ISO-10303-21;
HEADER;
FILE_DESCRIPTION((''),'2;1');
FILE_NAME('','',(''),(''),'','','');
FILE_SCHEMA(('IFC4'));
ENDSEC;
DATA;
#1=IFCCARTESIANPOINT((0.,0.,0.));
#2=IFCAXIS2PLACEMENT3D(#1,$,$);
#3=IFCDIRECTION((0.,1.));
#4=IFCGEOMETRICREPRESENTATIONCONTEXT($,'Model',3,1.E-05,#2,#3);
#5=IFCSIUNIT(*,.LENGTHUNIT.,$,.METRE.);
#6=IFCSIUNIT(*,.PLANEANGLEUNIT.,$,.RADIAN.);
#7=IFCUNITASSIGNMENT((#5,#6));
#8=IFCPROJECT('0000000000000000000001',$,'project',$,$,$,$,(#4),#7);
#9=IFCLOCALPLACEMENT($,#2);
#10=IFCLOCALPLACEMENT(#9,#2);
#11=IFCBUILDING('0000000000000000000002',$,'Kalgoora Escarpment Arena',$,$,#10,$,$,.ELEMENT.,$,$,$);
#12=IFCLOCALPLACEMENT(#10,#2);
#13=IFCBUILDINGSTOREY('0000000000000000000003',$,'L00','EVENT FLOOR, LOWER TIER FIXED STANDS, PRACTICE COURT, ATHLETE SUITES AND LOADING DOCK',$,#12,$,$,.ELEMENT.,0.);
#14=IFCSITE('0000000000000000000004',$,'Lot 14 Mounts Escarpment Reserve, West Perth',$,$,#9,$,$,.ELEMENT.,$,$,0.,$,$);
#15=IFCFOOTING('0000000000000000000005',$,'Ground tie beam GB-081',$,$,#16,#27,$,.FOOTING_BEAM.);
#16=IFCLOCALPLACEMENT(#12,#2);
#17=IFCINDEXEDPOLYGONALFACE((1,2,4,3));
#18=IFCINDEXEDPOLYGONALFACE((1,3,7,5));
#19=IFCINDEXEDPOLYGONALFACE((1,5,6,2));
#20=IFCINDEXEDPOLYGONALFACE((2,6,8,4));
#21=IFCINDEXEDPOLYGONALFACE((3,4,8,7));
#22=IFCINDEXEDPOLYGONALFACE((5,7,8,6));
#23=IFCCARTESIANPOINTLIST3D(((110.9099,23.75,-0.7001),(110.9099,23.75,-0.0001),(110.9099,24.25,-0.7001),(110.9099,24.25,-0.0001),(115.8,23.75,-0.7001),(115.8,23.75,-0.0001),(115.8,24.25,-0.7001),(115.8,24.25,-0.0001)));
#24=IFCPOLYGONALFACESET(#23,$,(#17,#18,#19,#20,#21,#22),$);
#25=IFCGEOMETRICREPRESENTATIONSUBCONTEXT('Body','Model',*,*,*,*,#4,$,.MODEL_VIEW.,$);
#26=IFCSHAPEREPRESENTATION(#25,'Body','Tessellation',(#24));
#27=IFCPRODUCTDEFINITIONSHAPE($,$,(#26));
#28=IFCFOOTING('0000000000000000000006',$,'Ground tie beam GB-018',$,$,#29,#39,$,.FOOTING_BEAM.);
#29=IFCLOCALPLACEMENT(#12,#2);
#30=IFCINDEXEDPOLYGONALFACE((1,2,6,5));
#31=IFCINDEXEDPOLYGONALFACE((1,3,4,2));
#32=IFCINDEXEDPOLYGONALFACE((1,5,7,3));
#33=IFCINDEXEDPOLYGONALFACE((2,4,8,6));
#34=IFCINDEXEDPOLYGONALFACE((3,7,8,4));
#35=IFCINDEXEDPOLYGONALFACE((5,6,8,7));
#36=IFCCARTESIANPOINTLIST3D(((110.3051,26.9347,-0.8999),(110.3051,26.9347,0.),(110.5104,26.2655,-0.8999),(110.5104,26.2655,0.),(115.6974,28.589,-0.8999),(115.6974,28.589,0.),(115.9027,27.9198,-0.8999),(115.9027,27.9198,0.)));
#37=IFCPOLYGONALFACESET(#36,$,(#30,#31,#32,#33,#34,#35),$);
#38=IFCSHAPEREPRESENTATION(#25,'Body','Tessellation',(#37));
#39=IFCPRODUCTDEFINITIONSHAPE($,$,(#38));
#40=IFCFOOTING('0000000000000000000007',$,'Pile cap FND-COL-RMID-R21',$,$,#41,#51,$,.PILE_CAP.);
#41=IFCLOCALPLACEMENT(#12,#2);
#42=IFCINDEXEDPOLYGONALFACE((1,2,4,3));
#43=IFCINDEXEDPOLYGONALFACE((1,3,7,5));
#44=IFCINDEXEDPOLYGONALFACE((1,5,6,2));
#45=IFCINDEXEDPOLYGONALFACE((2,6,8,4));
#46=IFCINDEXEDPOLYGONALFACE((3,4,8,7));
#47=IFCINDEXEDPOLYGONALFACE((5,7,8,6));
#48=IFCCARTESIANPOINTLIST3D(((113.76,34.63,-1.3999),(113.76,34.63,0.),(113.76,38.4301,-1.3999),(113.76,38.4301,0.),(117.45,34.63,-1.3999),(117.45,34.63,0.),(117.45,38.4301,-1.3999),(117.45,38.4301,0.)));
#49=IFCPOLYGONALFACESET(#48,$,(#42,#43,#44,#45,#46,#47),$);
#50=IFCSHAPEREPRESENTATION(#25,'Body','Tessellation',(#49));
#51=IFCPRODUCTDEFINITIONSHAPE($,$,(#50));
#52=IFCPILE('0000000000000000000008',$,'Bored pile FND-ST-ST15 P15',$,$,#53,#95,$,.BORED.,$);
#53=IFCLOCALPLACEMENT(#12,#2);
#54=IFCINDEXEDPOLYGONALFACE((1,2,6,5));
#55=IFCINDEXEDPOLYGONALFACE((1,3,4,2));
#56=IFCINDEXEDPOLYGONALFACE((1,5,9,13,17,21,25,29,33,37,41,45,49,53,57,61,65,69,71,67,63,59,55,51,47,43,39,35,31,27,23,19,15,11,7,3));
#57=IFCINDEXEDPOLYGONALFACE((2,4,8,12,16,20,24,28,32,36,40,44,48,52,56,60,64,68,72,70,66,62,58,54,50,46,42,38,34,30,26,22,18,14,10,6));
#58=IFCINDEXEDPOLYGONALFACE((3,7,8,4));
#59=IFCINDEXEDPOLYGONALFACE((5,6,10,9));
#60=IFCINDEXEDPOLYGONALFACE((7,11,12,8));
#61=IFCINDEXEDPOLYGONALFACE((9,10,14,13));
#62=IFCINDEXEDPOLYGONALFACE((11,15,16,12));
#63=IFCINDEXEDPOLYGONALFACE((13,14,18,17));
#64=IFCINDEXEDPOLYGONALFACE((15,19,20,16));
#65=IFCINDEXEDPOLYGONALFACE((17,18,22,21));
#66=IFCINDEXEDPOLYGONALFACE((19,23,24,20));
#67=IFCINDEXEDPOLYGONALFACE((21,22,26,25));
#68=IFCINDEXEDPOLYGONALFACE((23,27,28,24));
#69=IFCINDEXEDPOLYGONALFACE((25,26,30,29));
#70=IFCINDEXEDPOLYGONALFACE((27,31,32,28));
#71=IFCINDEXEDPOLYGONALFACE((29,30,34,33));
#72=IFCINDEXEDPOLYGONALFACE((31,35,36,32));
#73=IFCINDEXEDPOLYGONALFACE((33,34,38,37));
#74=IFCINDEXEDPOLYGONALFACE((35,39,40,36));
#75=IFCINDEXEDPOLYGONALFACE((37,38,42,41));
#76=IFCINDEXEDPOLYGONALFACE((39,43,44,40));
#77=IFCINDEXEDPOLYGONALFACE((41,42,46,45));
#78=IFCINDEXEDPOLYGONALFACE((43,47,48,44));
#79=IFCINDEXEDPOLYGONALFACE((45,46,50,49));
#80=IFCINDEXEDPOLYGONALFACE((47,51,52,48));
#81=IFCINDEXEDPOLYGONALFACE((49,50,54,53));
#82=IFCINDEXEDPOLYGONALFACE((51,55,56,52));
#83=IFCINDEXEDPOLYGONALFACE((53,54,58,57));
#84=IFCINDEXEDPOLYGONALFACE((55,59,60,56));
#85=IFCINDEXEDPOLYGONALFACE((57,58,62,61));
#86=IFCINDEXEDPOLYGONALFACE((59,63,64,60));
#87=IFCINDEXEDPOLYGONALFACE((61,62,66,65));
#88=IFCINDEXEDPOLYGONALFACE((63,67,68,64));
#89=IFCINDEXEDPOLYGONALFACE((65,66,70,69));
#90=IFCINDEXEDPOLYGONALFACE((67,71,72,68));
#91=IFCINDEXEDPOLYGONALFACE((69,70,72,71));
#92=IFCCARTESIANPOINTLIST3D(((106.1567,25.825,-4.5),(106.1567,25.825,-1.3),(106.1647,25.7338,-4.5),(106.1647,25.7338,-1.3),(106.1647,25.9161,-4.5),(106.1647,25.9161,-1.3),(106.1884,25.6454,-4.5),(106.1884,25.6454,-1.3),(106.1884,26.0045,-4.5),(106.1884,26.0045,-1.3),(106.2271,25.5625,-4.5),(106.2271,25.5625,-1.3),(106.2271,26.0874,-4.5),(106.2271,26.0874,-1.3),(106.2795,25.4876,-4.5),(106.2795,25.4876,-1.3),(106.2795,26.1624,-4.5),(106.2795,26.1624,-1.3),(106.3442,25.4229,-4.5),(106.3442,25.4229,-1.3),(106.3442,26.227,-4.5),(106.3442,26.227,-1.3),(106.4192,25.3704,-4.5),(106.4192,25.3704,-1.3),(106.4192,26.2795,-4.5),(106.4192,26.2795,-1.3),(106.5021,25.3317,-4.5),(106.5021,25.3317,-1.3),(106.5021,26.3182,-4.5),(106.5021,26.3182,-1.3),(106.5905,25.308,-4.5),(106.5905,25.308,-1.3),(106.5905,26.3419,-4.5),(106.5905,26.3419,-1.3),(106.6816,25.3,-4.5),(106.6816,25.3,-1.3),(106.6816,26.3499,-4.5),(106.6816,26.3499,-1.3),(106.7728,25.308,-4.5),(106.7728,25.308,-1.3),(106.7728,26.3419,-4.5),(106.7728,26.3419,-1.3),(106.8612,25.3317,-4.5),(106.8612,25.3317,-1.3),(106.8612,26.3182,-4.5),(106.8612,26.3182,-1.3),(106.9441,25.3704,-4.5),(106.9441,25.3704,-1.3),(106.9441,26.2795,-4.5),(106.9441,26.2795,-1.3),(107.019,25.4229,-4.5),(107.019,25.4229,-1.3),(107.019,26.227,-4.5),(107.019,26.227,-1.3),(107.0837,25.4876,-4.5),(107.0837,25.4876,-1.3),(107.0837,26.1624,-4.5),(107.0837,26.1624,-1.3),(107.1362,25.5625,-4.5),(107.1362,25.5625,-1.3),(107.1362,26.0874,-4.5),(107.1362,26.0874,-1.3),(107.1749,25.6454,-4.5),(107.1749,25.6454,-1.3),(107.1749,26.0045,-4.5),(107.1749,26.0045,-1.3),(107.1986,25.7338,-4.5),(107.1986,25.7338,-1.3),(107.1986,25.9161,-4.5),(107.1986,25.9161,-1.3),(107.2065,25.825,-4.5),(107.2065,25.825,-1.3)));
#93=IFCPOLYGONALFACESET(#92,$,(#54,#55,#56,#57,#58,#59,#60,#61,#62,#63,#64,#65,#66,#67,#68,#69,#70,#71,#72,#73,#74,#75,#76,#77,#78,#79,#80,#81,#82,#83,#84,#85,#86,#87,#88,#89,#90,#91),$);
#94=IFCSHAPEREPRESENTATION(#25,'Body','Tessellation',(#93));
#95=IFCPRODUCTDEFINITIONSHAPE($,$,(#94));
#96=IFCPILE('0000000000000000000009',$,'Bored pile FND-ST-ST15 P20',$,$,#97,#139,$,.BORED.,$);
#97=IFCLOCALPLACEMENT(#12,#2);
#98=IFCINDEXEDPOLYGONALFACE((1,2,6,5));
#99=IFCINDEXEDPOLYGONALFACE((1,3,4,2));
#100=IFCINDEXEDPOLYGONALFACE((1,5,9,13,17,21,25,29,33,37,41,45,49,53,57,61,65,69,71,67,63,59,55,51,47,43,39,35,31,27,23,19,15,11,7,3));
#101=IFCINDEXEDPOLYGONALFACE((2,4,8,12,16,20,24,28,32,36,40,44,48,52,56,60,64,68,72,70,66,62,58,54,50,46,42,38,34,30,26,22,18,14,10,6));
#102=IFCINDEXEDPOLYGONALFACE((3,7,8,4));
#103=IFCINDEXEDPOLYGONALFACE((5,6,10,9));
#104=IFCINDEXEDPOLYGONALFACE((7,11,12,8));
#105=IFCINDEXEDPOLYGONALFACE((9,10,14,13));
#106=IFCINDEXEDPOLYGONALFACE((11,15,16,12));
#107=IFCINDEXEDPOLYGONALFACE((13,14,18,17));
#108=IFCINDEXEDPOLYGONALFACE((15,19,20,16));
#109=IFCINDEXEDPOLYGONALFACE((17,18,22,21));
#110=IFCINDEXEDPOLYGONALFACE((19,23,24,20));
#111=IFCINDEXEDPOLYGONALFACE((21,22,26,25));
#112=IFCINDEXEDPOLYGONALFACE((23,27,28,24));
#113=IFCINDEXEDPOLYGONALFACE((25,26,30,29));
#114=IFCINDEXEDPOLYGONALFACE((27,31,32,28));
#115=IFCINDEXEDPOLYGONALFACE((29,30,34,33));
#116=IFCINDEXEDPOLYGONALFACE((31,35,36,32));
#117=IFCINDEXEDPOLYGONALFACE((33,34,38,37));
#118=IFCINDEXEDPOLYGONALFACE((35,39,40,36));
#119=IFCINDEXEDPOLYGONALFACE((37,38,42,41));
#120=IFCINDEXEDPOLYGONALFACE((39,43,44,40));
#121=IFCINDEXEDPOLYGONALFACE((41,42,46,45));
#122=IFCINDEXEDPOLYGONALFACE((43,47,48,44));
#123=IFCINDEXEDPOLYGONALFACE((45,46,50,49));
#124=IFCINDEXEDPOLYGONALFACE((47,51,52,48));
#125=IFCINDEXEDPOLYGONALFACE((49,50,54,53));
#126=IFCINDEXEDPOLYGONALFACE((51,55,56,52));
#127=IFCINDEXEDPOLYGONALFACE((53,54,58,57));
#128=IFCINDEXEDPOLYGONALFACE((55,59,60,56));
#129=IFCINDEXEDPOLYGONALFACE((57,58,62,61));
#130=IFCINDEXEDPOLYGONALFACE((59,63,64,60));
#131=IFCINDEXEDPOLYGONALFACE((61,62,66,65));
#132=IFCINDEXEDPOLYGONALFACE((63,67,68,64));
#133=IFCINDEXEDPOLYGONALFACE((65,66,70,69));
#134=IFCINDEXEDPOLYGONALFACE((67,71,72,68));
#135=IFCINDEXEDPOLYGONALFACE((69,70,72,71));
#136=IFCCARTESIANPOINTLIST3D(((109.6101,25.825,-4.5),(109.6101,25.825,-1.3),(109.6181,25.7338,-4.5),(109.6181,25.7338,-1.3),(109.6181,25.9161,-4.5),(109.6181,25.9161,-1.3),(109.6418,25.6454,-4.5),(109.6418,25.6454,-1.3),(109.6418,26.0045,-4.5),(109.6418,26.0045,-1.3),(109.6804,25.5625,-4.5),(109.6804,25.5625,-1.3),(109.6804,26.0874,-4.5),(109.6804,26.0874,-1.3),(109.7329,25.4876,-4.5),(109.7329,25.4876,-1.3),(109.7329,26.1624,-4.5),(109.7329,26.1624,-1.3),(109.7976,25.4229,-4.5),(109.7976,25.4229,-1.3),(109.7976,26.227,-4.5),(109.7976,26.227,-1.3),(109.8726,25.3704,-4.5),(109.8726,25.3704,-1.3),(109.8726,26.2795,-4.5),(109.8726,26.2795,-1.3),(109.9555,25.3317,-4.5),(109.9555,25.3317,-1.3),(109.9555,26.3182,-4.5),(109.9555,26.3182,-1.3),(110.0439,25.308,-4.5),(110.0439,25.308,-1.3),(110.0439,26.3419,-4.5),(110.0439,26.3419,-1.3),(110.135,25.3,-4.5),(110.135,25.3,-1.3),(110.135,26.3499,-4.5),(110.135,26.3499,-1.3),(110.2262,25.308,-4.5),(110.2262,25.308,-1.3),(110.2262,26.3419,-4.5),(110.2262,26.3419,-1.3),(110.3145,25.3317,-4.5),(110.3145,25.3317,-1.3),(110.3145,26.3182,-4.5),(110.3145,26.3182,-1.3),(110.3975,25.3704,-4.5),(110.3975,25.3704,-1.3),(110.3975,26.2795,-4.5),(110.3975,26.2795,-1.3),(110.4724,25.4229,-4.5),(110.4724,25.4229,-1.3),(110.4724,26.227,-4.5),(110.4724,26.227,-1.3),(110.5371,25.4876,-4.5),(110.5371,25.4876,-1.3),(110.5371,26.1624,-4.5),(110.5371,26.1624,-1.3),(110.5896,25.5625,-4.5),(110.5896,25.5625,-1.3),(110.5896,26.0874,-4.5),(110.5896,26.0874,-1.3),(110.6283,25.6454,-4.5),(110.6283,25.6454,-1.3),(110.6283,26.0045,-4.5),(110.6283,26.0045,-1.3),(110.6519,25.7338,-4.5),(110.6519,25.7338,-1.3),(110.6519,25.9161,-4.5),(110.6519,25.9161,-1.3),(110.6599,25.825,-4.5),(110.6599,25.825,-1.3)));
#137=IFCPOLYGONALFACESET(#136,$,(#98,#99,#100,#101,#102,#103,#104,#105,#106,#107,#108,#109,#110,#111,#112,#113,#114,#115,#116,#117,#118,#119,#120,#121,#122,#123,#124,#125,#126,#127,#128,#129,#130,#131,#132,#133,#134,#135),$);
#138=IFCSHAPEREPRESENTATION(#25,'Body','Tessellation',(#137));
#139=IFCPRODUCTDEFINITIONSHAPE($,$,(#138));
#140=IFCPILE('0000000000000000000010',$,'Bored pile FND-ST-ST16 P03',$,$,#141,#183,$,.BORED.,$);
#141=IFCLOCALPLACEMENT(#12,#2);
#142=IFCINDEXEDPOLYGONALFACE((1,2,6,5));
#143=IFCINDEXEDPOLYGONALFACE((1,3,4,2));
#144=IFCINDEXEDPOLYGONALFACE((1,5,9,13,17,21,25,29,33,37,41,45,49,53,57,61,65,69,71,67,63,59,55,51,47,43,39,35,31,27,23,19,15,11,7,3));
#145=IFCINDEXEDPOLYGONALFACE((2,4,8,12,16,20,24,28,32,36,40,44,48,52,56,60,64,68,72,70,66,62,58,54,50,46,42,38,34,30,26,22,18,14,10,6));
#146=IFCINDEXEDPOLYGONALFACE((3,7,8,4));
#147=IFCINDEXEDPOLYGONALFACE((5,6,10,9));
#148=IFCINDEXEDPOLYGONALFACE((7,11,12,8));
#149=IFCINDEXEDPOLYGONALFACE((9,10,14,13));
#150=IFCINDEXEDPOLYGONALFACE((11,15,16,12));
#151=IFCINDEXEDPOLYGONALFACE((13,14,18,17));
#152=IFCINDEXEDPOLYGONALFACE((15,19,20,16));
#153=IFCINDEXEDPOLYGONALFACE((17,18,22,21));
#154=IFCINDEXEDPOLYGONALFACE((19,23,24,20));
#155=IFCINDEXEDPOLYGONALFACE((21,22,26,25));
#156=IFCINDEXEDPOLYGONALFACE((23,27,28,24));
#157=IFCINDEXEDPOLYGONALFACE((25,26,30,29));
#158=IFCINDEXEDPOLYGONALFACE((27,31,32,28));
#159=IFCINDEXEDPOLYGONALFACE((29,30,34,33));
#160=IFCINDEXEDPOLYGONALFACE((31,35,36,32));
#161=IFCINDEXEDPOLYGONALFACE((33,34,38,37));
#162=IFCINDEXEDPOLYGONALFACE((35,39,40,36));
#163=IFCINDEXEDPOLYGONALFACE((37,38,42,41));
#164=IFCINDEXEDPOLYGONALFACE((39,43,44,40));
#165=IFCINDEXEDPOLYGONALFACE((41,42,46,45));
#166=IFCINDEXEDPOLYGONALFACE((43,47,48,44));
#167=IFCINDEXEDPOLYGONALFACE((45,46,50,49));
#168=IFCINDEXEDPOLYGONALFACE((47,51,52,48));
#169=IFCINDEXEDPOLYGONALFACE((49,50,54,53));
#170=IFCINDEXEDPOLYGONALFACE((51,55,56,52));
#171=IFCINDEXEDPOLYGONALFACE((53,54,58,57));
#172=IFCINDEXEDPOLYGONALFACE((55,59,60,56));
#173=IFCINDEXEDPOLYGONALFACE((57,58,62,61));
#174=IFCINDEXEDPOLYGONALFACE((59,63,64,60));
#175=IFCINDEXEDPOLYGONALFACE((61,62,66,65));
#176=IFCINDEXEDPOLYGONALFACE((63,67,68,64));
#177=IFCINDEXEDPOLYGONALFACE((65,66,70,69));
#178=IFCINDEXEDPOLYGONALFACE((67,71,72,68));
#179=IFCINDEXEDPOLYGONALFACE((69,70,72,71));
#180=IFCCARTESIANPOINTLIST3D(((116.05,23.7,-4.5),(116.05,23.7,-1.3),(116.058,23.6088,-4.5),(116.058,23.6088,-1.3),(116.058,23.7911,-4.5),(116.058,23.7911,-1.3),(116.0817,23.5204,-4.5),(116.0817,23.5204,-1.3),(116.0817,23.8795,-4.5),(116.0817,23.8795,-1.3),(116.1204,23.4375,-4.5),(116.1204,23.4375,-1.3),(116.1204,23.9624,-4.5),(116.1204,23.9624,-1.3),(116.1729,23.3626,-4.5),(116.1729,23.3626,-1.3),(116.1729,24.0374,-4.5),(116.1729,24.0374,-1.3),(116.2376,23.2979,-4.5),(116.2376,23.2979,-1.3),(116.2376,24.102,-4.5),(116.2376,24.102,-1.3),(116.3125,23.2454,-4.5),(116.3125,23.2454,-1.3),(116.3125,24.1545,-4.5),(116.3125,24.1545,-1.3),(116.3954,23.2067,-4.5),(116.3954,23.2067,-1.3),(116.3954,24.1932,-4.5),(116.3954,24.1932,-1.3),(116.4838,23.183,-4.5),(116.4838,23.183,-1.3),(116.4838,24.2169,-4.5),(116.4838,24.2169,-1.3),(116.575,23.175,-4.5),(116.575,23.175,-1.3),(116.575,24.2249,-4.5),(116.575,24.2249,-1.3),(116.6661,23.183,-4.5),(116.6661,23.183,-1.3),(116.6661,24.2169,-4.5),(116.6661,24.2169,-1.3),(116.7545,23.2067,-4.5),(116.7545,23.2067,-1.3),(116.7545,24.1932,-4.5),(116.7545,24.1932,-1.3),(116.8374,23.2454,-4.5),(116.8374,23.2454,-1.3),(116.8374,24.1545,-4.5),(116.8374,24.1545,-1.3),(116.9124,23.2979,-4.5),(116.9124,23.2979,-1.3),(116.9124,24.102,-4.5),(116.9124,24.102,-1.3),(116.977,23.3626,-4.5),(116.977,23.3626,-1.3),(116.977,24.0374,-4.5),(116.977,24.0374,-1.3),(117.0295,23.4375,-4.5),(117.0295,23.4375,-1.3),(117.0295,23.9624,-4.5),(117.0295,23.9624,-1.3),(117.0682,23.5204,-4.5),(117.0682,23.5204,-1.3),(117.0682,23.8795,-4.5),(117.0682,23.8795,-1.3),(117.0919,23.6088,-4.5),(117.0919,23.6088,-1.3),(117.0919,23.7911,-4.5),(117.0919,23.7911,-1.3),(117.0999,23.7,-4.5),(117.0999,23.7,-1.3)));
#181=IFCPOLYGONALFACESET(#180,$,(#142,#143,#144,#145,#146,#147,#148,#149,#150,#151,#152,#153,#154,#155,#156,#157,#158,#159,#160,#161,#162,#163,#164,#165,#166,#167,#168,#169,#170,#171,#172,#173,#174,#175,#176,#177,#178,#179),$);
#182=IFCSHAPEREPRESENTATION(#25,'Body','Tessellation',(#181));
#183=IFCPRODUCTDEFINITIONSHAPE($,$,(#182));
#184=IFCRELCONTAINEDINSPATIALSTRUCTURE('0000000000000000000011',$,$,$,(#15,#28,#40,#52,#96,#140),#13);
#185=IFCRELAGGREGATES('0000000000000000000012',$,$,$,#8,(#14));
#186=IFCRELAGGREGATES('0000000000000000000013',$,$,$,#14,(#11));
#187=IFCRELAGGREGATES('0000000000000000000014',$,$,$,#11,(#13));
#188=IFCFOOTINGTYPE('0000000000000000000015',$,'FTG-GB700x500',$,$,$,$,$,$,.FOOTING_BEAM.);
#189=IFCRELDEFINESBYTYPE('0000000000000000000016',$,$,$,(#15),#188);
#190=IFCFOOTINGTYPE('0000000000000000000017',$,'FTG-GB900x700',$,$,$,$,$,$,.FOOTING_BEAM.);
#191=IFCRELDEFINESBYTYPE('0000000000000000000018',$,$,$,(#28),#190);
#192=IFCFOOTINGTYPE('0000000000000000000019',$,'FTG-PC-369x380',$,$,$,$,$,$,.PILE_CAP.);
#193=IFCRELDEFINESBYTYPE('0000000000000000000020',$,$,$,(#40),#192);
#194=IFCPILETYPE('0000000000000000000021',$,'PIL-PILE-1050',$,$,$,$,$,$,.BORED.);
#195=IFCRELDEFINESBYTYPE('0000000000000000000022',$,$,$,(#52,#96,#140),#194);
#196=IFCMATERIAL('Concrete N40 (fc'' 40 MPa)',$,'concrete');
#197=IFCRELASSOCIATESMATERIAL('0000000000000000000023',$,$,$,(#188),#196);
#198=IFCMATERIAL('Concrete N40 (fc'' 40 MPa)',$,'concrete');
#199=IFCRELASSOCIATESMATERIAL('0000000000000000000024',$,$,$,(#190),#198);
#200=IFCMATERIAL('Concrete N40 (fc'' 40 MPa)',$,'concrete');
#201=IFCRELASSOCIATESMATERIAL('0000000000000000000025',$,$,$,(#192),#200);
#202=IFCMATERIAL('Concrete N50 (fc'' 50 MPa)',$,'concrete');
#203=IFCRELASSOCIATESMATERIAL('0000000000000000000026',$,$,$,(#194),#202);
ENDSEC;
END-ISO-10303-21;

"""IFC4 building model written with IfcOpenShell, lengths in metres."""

from ifc_helpers import new_model, si_unit, direction, frame, origin, origin_2d, place, context, subcontext, project, spatial, rectangle, circle, extrude, material, material_profile, profile_set, type_object, element, save


model = new_model("IFC4")

# Units and contexts
model_context = context("Model", 3, precision=1e-05, world=origin(), true_north=direction((0.0, 1.0)))
body_context = subcontext(model_context, "Body", "Model", "MODEL_VIEW")
ifc_project = project(units=[si_unit("LENGTHUNIT", "METRE"), si_unit("PLANEANGLEUNIT", "RADIAN")], contexts=[model_context])

# Site, building, storey
site_placement = place(None, origin())
site = spatial("IfcSite", under=ifc_project, at=site_placement, Name="Lot 14 Mounts Escarpment Reserve, West Perth", CompositionType="ELEMENT", RefElevation=0.0)
building_placement = place(site_placement, origin())
building = spatial("IfcBuilding", under=site, at=building_placement, Name="Kalgoora Escarpment Arena", CompositionType="ELEMENT")
storey_placement = place(building_placement, origin())
storey = spatial("IfcBuildingStorey", under=building, at=storey_placement, Name="L00", Description="EVENT FLOOR, LOWER TIER FIXED STANDS, PRACTICE COURT, ATHLETE SUITES AND LOADING DOCK", CompositionType="ELEMENT", Elevation=0.0)

# Footings
ifc_material_1 = material(Name="Concrete N40 (fc' 40 MPa)", Category="concrete")
ifc_material_profile_1 = material_profile(ifc_material_1, rectangle(XDim=0.5, YDim=0.7, at=origin_2d()))
ifc_profile_set_1 = profile_set([ifc_material_profile_1], Name="Concrete N40 (fc' 40 MPa)")
footing_type_1 = type_object("IfcFootingType", Name="FTG-GB700x500", PredefinedType="FOOTING_BEAM", material=ifc_profile_set_1)
footing_1_placement = place(storey_placement, frame((110.9099, 24.0, -0.3501), z_axis=(1.0, 0.0, 0.0), x_axis=(0.0, 1.0, 0.0)))
element("IfcFooting", 1, at=footing_1_placement, inside=storey, type_object=footing_type_1, Name="Ground tie beam GB-081", PredefinedType="FOOTING_BEAM", context=body_context, shape_type="SweptSolid", body=[
    extrude(rectangle(XDim=0.5, YDim=0.7, at=origin_2d()), origin(), (0.0, 0.0, 1.0), 4.8901),
])
ifc_material_2 = material(Name="Concrete N40 (fc' 40 MPa)", Category="concrete")
ifc_material_profile_2 = material_profile(ifc_material_2, rectangle(XDim=0.7, YDim=0.8999, at=origin_2d()))
ifc_profile_set_2 = profile_set([ifc_material_profile_2], Name="Concrete N40 (fc' 40 MPa)")
footing_type_2 = type_object("IfcFootingType", Name="FTG-GB900x700", PredefinedType="FOOTING_BEAM", material=ifc_profile_set_2)
footing_2_placement = place(storey_placement, frame((110.4077, 26.6001, -0.45), z_axis=(0.956022, 0.293295, 0.0), x_axis=(-0.293295, 0.956022, 0.0)))
element("IfcFooting", 2, at=footing_2_placement, inside=storey, type_object=footing_type_2, Name="Ground tie beam GB-018", PredefinedType="FOOTING_BEAM", context=body_context, shape_type="SweptSolid", body=[
    extrude(rectangle(XDim=0.7, YDim=0.8999, at=origin_2d()), origin(), (0.0, 0.0, 1.0), 5.6404),
])
ifc_material_3 = material(Name="Concrete N40 (fc' 40 MPa)", Category="concrete")
footing_type_3 = type_object("IfcFootingType", Name="FTG-PC-369x380", PredefinedType="PILE_CAP", material=ifc_material_3)
footing_3_placement = place(storey_placement, frame((115.605, 36.53, -1.3999), z_axis=(0.0, 0.0, 1.0), x_axis=(1.0, 0.0, 0.0)))
element("IfcFooting", 3, at=footing_3_placement, inside=storey, type_object=footing_type_3, Name="Pile cap FND-COL-RMID-R21", PredefinedType="PILE_CAP", context=body_context, shape_type="SweptSolid", body=[
    extrude(rectangle(XDim=3.6899, YDim=3.8, at=origin_2d()), origin(), (0.0, 0.0, 1.0), 1.3999),
])

# Piles
ifc_material_4 = material(Name="Concrete N50 (fc' 50 MPa)", Category="concrete")
ifc_material_profile_3 = material_profile(ifc_material_4, circle(Radius=0.5249, at=origin_2d()))
ifc_profile_set_3 = profile_set([ifc_material_profile_3], Name="Concrete N50 (fc' 50 MPa)")
pile_type_1 = type_object("IfcPileType", Name="PIL-PILE-1050", PredefinedType="BORED", material=ifc_profile_set_3)
for number, where, z_axis, x_axis, name in (
    (4, (106.6816, 25.825, -1.3), (0.0, 0.0, -1.0), (1.0, 0.0, 0.0), "Bored pile FND-ST-ST15 P15"),
    (5, (110.135, 25.825, -1.3), (0.0, 0.0, -1.0), (1.0, 0.0, 0.0), "Bored pile FND-ST-ST15 P20"),
    (6, (116.575, 23.7, -1.3), (0.0, 0.0, -1.0), (1.0, 0.0, 0.0), "Bored pile FND-ST-ST16 P03"),
):
    element("IfcPile", number, at=place(storey_placement, frame(where, z_axis=z_axis, x_axis=x_axis)), inside=storey, type_object=pile_type_1, Name=name, PredefinedType="BORED", context=body_context, shape_type="SweptSolid", body=[
        extrude(circle(Radius=0.5249, at=origin_2d()), origin(), (0.0, 0.0, 1.0), 3.2),
    ])

save(model, "model.ifc")
